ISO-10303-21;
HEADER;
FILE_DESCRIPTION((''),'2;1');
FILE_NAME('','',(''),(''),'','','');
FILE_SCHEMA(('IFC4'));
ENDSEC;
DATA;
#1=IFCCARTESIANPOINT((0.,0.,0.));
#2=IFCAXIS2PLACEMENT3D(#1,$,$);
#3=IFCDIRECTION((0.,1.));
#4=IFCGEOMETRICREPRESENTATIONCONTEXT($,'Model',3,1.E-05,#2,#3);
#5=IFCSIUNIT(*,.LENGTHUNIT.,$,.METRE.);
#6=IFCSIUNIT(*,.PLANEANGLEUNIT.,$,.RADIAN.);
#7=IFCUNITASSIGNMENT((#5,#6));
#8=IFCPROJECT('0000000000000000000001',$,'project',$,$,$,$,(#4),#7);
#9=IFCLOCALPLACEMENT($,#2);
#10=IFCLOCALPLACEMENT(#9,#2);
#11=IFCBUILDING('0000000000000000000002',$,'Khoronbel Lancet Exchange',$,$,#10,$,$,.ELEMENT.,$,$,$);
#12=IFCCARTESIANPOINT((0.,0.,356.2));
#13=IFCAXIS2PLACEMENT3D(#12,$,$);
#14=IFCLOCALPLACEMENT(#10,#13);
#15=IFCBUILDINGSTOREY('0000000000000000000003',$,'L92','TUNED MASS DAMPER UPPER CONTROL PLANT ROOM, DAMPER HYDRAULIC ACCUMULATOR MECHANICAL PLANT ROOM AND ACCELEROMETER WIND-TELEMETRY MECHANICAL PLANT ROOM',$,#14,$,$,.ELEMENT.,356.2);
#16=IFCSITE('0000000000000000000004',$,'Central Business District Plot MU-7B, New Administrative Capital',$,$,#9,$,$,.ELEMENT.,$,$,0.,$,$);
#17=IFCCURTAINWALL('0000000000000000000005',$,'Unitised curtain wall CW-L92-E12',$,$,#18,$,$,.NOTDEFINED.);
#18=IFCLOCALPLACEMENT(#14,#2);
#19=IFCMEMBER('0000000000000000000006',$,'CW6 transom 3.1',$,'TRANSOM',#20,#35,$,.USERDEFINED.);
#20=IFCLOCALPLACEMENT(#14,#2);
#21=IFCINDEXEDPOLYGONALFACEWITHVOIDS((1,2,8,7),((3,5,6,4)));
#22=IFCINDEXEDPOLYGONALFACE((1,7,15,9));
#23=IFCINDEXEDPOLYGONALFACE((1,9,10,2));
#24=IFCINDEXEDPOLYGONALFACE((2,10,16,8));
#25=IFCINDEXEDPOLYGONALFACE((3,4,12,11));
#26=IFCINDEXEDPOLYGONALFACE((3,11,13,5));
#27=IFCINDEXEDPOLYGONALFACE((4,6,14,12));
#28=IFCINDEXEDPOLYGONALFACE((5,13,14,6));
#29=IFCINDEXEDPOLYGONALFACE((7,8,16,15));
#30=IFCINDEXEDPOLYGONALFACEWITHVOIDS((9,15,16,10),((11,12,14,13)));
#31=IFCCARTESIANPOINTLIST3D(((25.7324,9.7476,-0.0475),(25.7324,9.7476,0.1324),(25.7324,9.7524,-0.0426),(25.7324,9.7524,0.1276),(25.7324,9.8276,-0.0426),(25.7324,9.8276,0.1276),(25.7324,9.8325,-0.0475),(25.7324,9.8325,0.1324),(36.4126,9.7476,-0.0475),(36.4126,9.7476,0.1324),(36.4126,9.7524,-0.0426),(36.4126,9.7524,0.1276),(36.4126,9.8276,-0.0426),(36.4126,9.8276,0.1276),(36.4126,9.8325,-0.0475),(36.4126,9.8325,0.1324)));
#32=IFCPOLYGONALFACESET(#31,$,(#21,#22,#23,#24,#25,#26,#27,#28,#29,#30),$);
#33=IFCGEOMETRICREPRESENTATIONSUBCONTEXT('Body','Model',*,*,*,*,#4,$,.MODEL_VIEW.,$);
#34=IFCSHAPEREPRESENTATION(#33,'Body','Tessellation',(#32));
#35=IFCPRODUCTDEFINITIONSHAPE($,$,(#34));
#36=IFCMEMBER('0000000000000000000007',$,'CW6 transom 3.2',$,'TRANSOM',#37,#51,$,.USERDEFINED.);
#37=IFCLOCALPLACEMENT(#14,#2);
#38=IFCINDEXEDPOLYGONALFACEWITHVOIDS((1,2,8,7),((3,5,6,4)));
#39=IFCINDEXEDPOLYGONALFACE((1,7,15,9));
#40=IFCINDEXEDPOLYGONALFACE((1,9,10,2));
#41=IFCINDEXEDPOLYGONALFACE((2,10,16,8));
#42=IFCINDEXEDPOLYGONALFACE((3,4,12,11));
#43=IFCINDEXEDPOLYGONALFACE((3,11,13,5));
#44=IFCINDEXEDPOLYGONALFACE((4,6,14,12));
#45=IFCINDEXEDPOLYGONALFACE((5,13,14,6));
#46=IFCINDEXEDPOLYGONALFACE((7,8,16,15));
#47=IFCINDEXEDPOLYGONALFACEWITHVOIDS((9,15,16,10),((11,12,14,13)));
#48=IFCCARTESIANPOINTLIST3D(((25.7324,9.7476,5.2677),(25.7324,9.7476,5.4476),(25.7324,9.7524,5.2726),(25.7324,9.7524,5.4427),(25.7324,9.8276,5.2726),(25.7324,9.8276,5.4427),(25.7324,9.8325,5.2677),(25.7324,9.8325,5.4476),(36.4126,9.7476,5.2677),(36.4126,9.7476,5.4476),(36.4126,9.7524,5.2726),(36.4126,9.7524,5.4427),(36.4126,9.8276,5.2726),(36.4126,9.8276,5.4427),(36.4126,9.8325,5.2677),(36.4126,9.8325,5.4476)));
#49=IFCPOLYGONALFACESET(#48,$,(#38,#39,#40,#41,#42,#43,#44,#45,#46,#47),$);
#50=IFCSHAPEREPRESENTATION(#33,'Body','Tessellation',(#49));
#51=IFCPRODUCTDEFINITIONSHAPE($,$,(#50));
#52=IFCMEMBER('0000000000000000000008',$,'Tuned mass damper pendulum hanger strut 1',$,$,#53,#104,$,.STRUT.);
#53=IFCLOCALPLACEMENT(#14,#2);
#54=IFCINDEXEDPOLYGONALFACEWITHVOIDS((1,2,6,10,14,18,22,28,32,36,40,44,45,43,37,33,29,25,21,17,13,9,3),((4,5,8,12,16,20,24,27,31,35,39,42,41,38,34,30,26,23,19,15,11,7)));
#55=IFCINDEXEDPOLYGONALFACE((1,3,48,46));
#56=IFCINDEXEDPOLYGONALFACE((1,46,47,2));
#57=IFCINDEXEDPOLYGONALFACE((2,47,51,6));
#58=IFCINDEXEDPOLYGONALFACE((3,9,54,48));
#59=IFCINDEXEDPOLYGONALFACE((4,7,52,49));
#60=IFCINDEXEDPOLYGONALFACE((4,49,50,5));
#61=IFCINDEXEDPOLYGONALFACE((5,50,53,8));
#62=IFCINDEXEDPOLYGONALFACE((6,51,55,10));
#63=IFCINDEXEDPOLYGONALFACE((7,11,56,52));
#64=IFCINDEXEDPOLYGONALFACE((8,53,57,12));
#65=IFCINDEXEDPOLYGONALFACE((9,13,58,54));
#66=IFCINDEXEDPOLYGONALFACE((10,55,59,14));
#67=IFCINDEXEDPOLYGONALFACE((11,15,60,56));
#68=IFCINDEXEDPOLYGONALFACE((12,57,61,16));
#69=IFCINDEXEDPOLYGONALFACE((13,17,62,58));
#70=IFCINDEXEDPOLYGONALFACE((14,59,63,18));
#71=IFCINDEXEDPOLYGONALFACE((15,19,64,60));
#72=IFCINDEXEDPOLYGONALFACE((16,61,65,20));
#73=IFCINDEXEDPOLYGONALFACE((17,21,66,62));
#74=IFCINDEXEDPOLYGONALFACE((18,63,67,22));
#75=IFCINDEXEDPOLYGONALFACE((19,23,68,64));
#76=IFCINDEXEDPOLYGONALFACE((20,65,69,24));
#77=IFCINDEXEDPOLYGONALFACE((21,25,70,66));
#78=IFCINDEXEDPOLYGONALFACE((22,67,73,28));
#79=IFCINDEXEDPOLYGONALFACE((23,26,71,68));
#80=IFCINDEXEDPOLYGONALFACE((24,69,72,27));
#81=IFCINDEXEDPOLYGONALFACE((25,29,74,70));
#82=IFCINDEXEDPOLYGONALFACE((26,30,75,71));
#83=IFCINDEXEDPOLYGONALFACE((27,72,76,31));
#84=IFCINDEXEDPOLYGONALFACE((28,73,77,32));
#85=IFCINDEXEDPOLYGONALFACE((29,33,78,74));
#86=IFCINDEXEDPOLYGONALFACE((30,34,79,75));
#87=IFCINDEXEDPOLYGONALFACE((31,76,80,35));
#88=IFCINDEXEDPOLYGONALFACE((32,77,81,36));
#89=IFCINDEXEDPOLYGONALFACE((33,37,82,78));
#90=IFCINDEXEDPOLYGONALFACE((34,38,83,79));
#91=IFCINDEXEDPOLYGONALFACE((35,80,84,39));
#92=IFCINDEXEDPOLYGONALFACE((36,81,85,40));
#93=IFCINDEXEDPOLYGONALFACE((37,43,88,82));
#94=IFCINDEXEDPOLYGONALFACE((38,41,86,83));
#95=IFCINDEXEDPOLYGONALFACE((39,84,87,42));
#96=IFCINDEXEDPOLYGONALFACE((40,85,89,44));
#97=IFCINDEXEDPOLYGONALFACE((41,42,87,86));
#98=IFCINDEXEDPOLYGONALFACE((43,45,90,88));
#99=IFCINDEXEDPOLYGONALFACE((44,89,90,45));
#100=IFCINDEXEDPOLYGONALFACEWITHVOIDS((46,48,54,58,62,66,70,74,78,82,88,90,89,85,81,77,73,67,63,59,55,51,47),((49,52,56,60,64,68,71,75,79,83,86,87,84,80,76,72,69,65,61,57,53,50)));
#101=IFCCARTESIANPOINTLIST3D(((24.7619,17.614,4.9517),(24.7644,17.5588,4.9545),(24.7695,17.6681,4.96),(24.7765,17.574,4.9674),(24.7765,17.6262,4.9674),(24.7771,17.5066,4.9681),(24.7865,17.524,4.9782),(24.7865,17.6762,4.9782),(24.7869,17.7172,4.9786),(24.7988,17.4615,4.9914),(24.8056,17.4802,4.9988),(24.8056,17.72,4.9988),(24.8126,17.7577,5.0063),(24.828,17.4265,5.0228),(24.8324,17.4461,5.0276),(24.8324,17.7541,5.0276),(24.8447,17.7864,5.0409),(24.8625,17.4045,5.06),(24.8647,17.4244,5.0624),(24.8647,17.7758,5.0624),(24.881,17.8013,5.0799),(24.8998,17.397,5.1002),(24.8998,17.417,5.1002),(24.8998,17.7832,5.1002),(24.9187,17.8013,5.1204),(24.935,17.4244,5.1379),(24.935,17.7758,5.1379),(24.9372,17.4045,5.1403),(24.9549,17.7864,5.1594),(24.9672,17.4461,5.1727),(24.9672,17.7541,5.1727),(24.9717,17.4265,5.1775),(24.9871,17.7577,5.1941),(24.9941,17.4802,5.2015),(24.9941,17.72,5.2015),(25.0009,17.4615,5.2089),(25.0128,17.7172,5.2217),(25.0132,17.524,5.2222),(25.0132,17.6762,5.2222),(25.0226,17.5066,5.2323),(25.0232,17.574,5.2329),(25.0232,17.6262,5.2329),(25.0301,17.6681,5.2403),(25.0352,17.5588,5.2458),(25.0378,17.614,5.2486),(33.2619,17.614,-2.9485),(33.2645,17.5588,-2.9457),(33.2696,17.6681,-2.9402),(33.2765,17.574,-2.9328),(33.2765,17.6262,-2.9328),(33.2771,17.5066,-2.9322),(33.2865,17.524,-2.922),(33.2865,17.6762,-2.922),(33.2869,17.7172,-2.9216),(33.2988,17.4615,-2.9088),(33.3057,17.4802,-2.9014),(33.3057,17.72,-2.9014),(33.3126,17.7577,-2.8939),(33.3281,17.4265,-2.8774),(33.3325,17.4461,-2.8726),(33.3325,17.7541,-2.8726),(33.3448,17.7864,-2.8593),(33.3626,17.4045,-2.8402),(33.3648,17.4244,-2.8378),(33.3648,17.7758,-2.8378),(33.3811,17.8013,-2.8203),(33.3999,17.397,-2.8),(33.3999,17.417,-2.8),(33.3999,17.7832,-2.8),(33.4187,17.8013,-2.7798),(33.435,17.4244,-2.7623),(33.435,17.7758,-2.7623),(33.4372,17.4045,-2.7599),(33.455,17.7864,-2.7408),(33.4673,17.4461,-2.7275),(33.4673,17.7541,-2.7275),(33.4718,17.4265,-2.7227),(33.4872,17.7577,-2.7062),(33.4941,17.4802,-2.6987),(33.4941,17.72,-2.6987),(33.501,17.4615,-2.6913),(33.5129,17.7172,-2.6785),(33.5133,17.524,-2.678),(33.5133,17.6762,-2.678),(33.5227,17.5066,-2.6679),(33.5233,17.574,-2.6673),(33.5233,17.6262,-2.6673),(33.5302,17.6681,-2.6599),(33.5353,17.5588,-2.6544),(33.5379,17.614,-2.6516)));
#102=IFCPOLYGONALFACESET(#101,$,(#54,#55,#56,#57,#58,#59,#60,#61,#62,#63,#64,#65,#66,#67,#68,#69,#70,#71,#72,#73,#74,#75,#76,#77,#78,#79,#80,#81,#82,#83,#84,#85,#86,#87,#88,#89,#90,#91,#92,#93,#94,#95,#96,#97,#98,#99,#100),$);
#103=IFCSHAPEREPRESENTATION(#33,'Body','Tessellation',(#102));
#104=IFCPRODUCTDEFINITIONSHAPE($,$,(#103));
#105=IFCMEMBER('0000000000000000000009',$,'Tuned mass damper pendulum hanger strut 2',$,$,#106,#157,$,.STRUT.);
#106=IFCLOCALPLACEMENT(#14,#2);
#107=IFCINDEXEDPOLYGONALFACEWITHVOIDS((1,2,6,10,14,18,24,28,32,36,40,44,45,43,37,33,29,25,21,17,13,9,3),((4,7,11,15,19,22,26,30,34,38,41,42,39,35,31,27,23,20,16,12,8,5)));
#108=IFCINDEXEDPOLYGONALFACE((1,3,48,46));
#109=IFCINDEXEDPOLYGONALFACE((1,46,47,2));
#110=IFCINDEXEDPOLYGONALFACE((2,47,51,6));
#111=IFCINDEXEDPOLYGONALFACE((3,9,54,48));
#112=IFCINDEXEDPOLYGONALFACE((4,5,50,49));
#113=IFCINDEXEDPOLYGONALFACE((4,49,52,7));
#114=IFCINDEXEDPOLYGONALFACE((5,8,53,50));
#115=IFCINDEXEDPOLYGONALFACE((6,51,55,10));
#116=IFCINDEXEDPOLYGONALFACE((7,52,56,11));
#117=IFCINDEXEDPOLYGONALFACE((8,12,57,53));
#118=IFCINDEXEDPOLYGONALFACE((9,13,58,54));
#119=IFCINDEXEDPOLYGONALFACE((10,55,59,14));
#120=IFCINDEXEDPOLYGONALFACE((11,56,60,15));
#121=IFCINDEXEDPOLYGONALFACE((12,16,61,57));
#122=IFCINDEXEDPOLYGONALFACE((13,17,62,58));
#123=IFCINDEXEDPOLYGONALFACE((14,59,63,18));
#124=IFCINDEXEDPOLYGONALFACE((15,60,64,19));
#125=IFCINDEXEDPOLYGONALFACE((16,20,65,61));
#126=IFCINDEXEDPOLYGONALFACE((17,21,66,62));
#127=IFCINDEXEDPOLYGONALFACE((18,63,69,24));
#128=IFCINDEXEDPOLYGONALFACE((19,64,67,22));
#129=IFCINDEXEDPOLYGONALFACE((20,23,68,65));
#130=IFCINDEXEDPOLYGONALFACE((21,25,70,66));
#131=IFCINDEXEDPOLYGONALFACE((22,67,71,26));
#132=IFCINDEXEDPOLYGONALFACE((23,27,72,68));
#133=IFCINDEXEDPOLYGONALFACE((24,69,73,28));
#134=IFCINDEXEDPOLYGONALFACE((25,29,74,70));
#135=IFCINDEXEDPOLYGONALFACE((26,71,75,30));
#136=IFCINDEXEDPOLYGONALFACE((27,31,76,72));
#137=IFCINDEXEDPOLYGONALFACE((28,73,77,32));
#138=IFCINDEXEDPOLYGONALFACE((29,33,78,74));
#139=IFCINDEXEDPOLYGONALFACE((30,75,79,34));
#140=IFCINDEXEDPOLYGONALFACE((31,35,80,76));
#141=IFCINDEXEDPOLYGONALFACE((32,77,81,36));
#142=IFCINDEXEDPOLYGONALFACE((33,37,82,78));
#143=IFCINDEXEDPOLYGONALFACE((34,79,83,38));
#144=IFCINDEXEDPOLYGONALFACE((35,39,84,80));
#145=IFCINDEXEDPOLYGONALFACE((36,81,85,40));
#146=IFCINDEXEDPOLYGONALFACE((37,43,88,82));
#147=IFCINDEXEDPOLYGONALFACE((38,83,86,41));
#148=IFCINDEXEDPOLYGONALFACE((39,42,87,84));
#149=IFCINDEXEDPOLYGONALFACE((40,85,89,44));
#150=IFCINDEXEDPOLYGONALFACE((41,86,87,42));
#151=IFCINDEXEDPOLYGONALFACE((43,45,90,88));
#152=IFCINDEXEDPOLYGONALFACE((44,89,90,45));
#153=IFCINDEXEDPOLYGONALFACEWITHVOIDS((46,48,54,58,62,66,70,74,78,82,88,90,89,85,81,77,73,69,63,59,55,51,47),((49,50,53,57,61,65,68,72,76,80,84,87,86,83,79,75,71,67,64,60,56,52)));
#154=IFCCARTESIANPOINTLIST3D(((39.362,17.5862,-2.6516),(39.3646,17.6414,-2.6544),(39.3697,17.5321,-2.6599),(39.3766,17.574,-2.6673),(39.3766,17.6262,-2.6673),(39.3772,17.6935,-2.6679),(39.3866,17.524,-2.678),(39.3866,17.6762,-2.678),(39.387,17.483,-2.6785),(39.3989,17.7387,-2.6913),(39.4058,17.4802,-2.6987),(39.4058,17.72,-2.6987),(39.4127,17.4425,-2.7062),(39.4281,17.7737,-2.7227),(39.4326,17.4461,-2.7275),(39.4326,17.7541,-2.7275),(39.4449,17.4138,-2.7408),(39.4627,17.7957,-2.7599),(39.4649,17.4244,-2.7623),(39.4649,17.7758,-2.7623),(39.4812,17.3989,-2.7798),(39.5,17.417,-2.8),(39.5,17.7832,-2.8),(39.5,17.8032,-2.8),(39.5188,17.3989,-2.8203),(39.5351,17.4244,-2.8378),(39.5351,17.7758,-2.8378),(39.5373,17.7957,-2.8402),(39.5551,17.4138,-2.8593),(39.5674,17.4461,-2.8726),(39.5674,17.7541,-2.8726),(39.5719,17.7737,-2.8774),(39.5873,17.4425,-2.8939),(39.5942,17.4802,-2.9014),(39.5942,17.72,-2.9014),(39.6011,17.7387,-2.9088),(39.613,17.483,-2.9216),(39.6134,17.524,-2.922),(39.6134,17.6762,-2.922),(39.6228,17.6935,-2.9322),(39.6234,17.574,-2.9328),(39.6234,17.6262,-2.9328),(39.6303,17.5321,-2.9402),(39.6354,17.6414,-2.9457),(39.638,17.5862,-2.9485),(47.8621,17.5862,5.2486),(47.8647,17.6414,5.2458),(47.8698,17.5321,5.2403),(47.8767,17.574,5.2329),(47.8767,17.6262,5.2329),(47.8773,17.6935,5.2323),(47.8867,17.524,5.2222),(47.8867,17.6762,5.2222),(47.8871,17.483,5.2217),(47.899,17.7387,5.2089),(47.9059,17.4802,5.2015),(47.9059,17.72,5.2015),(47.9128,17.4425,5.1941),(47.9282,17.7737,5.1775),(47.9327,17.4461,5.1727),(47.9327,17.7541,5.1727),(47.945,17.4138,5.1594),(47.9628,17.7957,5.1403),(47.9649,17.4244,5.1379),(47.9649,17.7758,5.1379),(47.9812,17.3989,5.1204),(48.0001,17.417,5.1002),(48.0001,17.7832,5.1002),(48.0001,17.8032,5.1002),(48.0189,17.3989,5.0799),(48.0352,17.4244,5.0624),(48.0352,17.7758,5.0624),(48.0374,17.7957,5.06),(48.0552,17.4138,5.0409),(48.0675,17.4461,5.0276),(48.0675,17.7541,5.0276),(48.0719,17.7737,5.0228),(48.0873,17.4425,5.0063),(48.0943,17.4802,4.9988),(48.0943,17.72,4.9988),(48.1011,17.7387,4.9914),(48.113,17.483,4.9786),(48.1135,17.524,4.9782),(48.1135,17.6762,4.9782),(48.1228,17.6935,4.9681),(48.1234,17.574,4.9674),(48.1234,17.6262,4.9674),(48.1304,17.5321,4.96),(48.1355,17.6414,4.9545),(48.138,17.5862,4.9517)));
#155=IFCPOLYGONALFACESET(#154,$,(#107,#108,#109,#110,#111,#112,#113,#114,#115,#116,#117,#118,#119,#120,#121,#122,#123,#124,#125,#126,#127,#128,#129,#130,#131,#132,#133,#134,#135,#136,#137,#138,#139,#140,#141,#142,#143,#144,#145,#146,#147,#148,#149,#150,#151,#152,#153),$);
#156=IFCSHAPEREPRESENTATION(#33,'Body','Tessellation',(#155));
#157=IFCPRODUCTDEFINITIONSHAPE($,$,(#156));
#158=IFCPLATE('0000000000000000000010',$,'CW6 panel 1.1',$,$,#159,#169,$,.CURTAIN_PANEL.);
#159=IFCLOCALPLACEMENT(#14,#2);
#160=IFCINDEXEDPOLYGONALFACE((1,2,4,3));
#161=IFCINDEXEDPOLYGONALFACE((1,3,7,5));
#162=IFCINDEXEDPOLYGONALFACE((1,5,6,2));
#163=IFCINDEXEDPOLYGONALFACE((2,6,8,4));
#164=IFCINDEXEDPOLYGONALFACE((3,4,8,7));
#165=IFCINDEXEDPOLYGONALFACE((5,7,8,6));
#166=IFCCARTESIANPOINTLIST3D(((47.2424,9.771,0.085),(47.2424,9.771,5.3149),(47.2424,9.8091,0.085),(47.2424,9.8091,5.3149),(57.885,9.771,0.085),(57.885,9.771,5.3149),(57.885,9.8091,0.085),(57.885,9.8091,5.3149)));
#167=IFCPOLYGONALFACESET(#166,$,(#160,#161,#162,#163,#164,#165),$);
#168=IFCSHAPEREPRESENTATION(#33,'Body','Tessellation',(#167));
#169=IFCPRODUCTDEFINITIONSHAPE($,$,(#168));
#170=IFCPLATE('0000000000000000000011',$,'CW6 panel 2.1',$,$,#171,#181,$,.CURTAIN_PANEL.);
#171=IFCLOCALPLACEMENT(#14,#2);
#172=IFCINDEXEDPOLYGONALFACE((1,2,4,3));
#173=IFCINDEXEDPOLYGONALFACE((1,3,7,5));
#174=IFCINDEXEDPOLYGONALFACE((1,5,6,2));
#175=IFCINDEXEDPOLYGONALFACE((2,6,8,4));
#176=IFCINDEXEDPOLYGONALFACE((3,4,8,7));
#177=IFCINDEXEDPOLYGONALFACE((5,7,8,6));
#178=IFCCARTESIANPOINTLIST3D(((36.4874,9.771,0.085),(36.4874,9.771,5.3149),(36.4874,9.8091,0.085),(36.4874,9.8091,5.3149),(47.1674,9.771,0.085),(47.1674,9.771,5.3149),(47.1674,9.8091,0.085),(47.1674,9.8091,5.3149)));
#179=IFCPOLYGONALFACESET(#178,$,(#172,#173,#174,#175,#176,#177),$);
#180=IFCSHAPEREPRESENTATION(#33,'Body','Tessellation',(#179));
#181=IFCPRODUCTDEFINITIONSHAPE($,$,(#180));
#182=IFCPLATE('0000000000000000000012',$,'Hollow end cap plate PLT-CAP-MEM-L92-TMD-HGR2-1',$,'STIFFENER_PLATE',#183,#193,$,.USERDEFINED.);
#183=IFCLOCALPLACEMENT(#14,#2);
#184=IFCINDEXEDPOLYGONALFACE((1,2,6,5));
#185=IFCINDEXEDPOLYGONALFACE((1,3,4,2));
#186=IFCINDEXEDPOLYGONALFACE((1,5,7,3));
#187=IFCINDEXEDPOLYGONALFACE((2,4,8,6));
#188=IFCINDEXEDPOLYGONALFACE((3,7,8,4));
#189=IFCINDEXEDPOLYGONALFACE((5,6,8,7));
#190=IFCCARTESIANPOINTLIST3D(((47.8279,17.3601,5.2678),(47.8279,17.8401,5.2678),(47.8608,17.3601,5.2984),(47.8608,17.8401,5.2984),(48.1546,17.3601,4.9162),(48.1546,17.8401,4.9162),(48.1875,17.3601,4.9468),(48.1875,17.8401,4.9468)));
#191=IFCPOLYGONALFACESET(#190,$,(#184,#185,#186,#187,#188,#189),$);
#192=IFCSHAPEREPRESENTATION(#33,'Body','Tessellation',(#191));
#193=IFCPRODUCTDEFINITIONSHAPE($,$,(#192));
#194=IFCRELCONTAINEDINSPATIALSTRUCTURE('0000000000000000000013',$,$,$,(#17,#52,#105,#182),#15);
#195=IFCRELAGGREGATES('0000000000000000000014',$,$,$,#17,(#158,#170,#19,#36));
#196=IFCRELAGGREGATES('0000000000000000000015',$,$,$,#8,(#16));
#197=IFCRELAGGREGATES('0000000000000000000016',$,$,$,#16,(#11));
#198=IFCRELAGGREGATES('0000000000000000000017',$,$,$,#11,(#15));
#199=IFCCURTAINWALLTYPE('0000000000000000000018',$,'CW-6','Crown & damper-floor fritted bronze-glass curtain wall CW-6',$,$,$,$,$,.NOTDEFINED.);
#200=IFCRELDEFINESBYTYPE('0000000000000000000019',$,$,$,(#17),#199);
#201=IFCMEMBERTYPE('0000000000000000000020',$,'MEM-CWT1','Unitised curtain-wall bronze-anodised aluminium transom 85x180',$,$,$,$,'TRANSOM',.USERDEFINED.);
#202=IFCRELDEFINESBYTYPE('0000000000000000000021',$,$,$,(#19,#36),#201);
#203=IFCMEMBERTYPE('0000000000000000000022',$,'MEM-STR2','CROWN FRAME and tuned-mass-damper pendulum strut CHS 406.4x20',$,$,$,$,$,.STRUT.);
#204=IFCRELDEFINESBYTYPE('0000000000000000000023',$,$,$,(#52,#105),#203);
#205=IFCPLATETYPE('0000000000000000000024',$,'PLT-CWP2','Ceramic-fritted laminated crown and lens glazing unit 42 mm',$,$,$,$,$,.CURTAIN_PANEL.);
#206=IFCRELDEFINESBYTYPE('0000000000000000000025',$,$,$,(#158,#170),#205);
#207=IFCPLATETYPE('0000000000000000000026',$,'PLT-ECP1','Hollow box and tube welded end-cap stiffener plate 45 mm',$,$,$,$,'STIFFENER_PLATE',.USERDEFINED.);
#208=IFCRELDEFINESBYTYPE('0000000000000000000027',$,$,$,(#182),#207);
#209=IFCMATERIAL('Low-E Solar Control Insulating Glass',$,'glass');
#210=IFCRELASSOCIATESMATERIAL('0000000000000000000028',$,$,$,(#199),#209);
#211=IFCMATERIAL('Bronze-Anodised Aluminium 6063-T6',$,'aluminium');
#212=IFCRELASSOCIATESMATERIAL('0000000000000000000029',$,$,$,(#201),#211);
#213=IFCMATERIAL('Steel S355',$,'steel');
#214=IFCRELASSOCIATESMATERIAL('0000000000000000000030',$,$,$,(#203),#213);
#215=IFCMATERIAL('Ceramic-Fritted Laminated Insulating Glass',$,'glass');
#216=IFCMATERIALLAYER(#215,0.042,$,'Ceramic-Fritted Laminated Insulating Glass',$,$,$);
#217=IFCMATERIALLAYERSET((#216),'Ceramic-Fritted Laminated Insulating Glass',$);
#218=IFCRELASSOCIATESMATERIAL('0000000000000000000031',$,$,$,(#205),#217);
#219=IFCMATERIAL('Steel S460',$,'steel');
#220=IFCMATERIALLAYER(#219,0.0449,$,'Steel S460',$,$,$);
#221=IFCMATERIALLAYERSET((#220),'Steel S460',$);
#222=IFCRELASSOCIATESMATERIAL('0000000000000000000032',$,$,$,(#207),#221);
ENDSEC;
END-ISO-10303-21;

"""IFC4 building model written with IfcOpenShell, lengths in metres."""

from ifc_helpers import new_model, si_unit, direction, frame, origin, origin_2d, place, context, subcontext, project, spatial, polyline, rectangle, hollow_rectangle, hollow_circle, outline, extrude, material, layer, layer_set, material_profile, profile_set, type_object, element, aggregate, save


model = new_model("IFC4")

# Units and contexts
model_context = context("Model", 3, precision=1e-05, world=origin(), true_north=direction((0.0, 1.0)))
body_context = subcontext(model_context, "Body", "Model", "MODEL_VIEW")
ifc_project = project(units=[si_unit("LENGTHUNIT", "METRE"), si_unit("PLANEANGLEUNIT", "RADIAN")], contexts=[model_context])

# Site, building, storey
site_placement = place(None, origin())
site = spatial("IfcSite", under=ifc_project, at=site_placement, Name="Central Business District Plot MU-7B, New Administrative Capital", CompositionType="ELEMENT", RefElevation=0.0)
building_placement = place(site_placement, origin())
building = spatial("IfcBuilding", under=site, at=building_placement, Name="Khoronbel Lancet Exchange", CompositionType="ELEMENT")
storey_placement = place(building_placement, frame((0.0, 0.0, 356.2)))
storey = spatial("IfcBuildingStorey", under=building, at=storey_placement, Name="L92", Description="TUNED MASS DAMPER UPPER CONTROL PLANT ROOM, DAMPER HYDRAULIC ACCUMULATOR MECHANICAL PLANT ROOM AND ACCELEROMETER WIND-TELEMETRY MECHANICAL PLANT ROOM", CompositionType="ELEMENT", Elevation=356.2)

# Shared definitions
ifc_material_1 = material(Name="Steel S460", Category="steel")

# Shared definitions
ifc_material_2 = material(Name="Steel S355", Category="steel")

# Shared definitions
ifc_material_3 = material(Name="Low-E Solar Control Insulating Glass", Category="glass")
curtain_wall_type = type_object("IfcCurtainWallType", Name="CW-6", Description="Crown & damper-floor fritted bronze-glass curtain wall CW-6", PredefinedType="NOTDEFINED", material=ifc_material_3)
ifc_material_4 = material(Name="Bronze-Anodised Aluminium 6063-T6", Category="aluminium")

# Curtain wall, members
curtain_wall_1_placement = place(storey_placement, origin())
curtain_wall_1 = element("IfcCurtainWall", 1, at=curtain_wall_1_placement, inside=storey, type_object=curtain_wall_type, Name="Unitised curtain wall CW-L92-E12", PredefinedType="NOTDEFINED")
ifc_material_profile_1 = material_profile(ifc_material_4, hollow_rectangle(XDim=0.085, YDim=0.1799, WallThickness=0.0049, at=origin_2d()), Name="ALU TRANSOM 85x180")
ifc_profile_set_1 = profile_set([ifc_material_profile_1], Name="Bronze-Anodised Aluminium 6063-T6")
member_type_1 = type_object("IfcMemberType", Name="MEM-CWT1", Description="Unitised curtain-wall bronze-anodised aluminium transom 85x180", ElementType="TRANSOM", PredefinedType="USERDEFINED", material=ifc_profile_set_1)
member_1_placement = place(storey_placement, frame((36.4126, 9.79, 0.0425), z_axis=(-1.0, 0.0, 0.0), x_axis=(0.0, -1.0, 0.0)))
member_1 = element("IfcMember", 2, at=member_1_placement, type_object=member_type_1, Name="CW6 transom 3.1", ObjectType="TRANSOM", PredefinedType="USERDEFINED", context=body_context, shape_type="SweptSolid", body=[
    extrude(hollow_rectangle(XDim=0.085, YDim=0.1799, WallThickness=0.0049, at=origin_2d()), origin(), (0.0, 0.0, 1.0), 10.6802),
])
member_2_placement = place(storey_placement, frame((36.4126, 9.79, 5.3577), z_axis=(-1.0, 0.0, 0.0), x_axis=(0.0, -1.0, 0.0)))
member_2 = element("IfcMember", 3, at=member_2_placement, type_object=member_type_1, Name="CW6 transom 3.2", ObjectType="TRANSOM", PredefinedType="USERDEFINED", context=body_context, shape_type="SweptSolid", body=[
    extrude(hollow_rectangle(XDim=0.085, YDim=0.1799, WallThickness=0.0049, at=origin_2d()), origin(), (0.0, 0.0, 1.0), 10.6802),
])

# Members
ifc_material_profile_2 = material_profile(ifc_material_2, hollow_circle(Radius=0.2031, WallThickness=0.02, at=origin_2d()), Name="CHS 406.4x20")
ifc_profile_set_2 = profile_set([ifc_material_profile_2], Name="Steel S355")
member_type_2 = type_object("IfcMemberType", Name="MEM-STR2", Description="CROWN FRAME and tuned-mass-damper pendulum strut CHS 406.4x20", PredefinedType="STRUT", material=ifc_profile_set_2)
for number, where, z_axis, x_axis, name in (
    (4, (33.3999, 17.6001, -2.8), (-0.73248, 0.0, 0.680788), (0.0, -1.0, 0.0), "Tuned mass damper pendulum hanger strut 1"),
    (5, (39.5, 17.6001, -2.8), (0.73248, 0.0, 0.680788), (0.0, 1.0, 0.0), "Tuned mass damper pendulum hanger strut 2"),
):
    element("IfcMember", number, at=place(storey_placement, frame(where, z_axis=z_axis, x_axis=x_axis)), inside=storey, type_object=member_type_2, Name=name, PredefinedType="STRUT", context=body_context, shape_type="SweptSolid", body=[
        extrude(hollow_circle(Radius=0.2031, WallThickness=0.02, at=origin_2d()), origin(), (0.0, 0.0, 1.0), 11.6045),
    ])

# Plates
ifc_material_5 = material(Name="Ceramic-Fritted Laminated Insulating Glass", Category="glass")
ifc_layer_1 = layer(ifc_material_5, 0.042, Name="Ceramic-Fritted Laminated Insulating Glass")
ifc_layer_set_1 = layer_set([ifc_layer_1], Name="Ceramic-Fritted Laminated Insulating Glass")
plate_type_1 = type_object("IfcPlateType", Name="PLT-CWP2", Description="Ceramic-fritted laminated crown and lens glazing unit 42 mm", PredefinedType="CURTAIN_PANEL", material=ifc_layer_set_1)
plate_1_placement = place(storey_placement, frame((52.5637, 9.79, 0.085), z_axis=(0.0, 0.0, 1.0), x_axis=(-1.0, 0.0, 0.0)))
plate_1 = element("IfcPlate", 6, at=plate_1_placement, type_object=plate_type_1, Name="CW6 panel 1.1", PredefinedType="CURTAIN_PANEL", context=body_context, shape_type="SweptSolid", body=[
    extrude(rectangle(XDim=10.6426, YDim=0.0381, at=origin_2d()), origin(), (0.0, 0.0, 1.0), 5.23),
])
plate_2_placement = place(storey_placement, frame((41.8274, 9.79, 0.085), z_axis=(0.0, 0.0, 1.0), x_axis=(-1.0, 0.0, 0.0)))
plate_2 = element("IfcPlate", 7, at=plate_2_placement, type_object=plate_type_1, Name="CW6 panel 2.1", PredefinedType="CURTAIN_PANEL", context=body_context, shape_type="SweptSolid", body=[
    extrude(rectangle(XDim=10.6799, YDim=0.0381, at=origin_2d()), origin(), (0.0, 0.0, 1.0), 5.23),
])
aggregate(curtain_wall_1, [plate_1, plate_2, member_1, member_2])
ifc_layer_2 = layer(ifc_material_1, 0.0449, Name="Steel S460")
ifc_layer_set_2 = layer_set([ifc_layer_2], Name="Steel S460")
plate_type_2 = type_object("IfcPlateType", Name="PLT-ECP1", Description="Hollow box and tube welded end-cap stiffener plate 45 mm", ElementType="STIFFENER_PLATE", PredefinedType="USERDEFINED", material=ifc_layer_set_2)
plate_3_placement = place(storey_placement, frame((48.1875, 17.3601, 4.9468), z_axis=(0.732576, 0.0, 0.680685), x_axis=(0.0, 1.0, 0.0)))
element("IfcPlate", 8, at=plate_3_placement, inside=storey, type_object=plate_type_2, Name="Hollow end cap plate PLT-CAP-MEM-L92-TMD-HGR2-1", ObjectType="STIFFENER_PLATE", PredefinedType="USERDEFINED", context=body_context, shape_type="SweptSolid", body=[
    extrude(outline(polyline([(0.0, 0.0), (0.48, 0.0), (0.48, 0.48), (0.0, 0.48), (0.0, 0.0)])), origin(), (0.0, 0.0, -1.0), 0.0449),
])

save(model, "model.ifc")
